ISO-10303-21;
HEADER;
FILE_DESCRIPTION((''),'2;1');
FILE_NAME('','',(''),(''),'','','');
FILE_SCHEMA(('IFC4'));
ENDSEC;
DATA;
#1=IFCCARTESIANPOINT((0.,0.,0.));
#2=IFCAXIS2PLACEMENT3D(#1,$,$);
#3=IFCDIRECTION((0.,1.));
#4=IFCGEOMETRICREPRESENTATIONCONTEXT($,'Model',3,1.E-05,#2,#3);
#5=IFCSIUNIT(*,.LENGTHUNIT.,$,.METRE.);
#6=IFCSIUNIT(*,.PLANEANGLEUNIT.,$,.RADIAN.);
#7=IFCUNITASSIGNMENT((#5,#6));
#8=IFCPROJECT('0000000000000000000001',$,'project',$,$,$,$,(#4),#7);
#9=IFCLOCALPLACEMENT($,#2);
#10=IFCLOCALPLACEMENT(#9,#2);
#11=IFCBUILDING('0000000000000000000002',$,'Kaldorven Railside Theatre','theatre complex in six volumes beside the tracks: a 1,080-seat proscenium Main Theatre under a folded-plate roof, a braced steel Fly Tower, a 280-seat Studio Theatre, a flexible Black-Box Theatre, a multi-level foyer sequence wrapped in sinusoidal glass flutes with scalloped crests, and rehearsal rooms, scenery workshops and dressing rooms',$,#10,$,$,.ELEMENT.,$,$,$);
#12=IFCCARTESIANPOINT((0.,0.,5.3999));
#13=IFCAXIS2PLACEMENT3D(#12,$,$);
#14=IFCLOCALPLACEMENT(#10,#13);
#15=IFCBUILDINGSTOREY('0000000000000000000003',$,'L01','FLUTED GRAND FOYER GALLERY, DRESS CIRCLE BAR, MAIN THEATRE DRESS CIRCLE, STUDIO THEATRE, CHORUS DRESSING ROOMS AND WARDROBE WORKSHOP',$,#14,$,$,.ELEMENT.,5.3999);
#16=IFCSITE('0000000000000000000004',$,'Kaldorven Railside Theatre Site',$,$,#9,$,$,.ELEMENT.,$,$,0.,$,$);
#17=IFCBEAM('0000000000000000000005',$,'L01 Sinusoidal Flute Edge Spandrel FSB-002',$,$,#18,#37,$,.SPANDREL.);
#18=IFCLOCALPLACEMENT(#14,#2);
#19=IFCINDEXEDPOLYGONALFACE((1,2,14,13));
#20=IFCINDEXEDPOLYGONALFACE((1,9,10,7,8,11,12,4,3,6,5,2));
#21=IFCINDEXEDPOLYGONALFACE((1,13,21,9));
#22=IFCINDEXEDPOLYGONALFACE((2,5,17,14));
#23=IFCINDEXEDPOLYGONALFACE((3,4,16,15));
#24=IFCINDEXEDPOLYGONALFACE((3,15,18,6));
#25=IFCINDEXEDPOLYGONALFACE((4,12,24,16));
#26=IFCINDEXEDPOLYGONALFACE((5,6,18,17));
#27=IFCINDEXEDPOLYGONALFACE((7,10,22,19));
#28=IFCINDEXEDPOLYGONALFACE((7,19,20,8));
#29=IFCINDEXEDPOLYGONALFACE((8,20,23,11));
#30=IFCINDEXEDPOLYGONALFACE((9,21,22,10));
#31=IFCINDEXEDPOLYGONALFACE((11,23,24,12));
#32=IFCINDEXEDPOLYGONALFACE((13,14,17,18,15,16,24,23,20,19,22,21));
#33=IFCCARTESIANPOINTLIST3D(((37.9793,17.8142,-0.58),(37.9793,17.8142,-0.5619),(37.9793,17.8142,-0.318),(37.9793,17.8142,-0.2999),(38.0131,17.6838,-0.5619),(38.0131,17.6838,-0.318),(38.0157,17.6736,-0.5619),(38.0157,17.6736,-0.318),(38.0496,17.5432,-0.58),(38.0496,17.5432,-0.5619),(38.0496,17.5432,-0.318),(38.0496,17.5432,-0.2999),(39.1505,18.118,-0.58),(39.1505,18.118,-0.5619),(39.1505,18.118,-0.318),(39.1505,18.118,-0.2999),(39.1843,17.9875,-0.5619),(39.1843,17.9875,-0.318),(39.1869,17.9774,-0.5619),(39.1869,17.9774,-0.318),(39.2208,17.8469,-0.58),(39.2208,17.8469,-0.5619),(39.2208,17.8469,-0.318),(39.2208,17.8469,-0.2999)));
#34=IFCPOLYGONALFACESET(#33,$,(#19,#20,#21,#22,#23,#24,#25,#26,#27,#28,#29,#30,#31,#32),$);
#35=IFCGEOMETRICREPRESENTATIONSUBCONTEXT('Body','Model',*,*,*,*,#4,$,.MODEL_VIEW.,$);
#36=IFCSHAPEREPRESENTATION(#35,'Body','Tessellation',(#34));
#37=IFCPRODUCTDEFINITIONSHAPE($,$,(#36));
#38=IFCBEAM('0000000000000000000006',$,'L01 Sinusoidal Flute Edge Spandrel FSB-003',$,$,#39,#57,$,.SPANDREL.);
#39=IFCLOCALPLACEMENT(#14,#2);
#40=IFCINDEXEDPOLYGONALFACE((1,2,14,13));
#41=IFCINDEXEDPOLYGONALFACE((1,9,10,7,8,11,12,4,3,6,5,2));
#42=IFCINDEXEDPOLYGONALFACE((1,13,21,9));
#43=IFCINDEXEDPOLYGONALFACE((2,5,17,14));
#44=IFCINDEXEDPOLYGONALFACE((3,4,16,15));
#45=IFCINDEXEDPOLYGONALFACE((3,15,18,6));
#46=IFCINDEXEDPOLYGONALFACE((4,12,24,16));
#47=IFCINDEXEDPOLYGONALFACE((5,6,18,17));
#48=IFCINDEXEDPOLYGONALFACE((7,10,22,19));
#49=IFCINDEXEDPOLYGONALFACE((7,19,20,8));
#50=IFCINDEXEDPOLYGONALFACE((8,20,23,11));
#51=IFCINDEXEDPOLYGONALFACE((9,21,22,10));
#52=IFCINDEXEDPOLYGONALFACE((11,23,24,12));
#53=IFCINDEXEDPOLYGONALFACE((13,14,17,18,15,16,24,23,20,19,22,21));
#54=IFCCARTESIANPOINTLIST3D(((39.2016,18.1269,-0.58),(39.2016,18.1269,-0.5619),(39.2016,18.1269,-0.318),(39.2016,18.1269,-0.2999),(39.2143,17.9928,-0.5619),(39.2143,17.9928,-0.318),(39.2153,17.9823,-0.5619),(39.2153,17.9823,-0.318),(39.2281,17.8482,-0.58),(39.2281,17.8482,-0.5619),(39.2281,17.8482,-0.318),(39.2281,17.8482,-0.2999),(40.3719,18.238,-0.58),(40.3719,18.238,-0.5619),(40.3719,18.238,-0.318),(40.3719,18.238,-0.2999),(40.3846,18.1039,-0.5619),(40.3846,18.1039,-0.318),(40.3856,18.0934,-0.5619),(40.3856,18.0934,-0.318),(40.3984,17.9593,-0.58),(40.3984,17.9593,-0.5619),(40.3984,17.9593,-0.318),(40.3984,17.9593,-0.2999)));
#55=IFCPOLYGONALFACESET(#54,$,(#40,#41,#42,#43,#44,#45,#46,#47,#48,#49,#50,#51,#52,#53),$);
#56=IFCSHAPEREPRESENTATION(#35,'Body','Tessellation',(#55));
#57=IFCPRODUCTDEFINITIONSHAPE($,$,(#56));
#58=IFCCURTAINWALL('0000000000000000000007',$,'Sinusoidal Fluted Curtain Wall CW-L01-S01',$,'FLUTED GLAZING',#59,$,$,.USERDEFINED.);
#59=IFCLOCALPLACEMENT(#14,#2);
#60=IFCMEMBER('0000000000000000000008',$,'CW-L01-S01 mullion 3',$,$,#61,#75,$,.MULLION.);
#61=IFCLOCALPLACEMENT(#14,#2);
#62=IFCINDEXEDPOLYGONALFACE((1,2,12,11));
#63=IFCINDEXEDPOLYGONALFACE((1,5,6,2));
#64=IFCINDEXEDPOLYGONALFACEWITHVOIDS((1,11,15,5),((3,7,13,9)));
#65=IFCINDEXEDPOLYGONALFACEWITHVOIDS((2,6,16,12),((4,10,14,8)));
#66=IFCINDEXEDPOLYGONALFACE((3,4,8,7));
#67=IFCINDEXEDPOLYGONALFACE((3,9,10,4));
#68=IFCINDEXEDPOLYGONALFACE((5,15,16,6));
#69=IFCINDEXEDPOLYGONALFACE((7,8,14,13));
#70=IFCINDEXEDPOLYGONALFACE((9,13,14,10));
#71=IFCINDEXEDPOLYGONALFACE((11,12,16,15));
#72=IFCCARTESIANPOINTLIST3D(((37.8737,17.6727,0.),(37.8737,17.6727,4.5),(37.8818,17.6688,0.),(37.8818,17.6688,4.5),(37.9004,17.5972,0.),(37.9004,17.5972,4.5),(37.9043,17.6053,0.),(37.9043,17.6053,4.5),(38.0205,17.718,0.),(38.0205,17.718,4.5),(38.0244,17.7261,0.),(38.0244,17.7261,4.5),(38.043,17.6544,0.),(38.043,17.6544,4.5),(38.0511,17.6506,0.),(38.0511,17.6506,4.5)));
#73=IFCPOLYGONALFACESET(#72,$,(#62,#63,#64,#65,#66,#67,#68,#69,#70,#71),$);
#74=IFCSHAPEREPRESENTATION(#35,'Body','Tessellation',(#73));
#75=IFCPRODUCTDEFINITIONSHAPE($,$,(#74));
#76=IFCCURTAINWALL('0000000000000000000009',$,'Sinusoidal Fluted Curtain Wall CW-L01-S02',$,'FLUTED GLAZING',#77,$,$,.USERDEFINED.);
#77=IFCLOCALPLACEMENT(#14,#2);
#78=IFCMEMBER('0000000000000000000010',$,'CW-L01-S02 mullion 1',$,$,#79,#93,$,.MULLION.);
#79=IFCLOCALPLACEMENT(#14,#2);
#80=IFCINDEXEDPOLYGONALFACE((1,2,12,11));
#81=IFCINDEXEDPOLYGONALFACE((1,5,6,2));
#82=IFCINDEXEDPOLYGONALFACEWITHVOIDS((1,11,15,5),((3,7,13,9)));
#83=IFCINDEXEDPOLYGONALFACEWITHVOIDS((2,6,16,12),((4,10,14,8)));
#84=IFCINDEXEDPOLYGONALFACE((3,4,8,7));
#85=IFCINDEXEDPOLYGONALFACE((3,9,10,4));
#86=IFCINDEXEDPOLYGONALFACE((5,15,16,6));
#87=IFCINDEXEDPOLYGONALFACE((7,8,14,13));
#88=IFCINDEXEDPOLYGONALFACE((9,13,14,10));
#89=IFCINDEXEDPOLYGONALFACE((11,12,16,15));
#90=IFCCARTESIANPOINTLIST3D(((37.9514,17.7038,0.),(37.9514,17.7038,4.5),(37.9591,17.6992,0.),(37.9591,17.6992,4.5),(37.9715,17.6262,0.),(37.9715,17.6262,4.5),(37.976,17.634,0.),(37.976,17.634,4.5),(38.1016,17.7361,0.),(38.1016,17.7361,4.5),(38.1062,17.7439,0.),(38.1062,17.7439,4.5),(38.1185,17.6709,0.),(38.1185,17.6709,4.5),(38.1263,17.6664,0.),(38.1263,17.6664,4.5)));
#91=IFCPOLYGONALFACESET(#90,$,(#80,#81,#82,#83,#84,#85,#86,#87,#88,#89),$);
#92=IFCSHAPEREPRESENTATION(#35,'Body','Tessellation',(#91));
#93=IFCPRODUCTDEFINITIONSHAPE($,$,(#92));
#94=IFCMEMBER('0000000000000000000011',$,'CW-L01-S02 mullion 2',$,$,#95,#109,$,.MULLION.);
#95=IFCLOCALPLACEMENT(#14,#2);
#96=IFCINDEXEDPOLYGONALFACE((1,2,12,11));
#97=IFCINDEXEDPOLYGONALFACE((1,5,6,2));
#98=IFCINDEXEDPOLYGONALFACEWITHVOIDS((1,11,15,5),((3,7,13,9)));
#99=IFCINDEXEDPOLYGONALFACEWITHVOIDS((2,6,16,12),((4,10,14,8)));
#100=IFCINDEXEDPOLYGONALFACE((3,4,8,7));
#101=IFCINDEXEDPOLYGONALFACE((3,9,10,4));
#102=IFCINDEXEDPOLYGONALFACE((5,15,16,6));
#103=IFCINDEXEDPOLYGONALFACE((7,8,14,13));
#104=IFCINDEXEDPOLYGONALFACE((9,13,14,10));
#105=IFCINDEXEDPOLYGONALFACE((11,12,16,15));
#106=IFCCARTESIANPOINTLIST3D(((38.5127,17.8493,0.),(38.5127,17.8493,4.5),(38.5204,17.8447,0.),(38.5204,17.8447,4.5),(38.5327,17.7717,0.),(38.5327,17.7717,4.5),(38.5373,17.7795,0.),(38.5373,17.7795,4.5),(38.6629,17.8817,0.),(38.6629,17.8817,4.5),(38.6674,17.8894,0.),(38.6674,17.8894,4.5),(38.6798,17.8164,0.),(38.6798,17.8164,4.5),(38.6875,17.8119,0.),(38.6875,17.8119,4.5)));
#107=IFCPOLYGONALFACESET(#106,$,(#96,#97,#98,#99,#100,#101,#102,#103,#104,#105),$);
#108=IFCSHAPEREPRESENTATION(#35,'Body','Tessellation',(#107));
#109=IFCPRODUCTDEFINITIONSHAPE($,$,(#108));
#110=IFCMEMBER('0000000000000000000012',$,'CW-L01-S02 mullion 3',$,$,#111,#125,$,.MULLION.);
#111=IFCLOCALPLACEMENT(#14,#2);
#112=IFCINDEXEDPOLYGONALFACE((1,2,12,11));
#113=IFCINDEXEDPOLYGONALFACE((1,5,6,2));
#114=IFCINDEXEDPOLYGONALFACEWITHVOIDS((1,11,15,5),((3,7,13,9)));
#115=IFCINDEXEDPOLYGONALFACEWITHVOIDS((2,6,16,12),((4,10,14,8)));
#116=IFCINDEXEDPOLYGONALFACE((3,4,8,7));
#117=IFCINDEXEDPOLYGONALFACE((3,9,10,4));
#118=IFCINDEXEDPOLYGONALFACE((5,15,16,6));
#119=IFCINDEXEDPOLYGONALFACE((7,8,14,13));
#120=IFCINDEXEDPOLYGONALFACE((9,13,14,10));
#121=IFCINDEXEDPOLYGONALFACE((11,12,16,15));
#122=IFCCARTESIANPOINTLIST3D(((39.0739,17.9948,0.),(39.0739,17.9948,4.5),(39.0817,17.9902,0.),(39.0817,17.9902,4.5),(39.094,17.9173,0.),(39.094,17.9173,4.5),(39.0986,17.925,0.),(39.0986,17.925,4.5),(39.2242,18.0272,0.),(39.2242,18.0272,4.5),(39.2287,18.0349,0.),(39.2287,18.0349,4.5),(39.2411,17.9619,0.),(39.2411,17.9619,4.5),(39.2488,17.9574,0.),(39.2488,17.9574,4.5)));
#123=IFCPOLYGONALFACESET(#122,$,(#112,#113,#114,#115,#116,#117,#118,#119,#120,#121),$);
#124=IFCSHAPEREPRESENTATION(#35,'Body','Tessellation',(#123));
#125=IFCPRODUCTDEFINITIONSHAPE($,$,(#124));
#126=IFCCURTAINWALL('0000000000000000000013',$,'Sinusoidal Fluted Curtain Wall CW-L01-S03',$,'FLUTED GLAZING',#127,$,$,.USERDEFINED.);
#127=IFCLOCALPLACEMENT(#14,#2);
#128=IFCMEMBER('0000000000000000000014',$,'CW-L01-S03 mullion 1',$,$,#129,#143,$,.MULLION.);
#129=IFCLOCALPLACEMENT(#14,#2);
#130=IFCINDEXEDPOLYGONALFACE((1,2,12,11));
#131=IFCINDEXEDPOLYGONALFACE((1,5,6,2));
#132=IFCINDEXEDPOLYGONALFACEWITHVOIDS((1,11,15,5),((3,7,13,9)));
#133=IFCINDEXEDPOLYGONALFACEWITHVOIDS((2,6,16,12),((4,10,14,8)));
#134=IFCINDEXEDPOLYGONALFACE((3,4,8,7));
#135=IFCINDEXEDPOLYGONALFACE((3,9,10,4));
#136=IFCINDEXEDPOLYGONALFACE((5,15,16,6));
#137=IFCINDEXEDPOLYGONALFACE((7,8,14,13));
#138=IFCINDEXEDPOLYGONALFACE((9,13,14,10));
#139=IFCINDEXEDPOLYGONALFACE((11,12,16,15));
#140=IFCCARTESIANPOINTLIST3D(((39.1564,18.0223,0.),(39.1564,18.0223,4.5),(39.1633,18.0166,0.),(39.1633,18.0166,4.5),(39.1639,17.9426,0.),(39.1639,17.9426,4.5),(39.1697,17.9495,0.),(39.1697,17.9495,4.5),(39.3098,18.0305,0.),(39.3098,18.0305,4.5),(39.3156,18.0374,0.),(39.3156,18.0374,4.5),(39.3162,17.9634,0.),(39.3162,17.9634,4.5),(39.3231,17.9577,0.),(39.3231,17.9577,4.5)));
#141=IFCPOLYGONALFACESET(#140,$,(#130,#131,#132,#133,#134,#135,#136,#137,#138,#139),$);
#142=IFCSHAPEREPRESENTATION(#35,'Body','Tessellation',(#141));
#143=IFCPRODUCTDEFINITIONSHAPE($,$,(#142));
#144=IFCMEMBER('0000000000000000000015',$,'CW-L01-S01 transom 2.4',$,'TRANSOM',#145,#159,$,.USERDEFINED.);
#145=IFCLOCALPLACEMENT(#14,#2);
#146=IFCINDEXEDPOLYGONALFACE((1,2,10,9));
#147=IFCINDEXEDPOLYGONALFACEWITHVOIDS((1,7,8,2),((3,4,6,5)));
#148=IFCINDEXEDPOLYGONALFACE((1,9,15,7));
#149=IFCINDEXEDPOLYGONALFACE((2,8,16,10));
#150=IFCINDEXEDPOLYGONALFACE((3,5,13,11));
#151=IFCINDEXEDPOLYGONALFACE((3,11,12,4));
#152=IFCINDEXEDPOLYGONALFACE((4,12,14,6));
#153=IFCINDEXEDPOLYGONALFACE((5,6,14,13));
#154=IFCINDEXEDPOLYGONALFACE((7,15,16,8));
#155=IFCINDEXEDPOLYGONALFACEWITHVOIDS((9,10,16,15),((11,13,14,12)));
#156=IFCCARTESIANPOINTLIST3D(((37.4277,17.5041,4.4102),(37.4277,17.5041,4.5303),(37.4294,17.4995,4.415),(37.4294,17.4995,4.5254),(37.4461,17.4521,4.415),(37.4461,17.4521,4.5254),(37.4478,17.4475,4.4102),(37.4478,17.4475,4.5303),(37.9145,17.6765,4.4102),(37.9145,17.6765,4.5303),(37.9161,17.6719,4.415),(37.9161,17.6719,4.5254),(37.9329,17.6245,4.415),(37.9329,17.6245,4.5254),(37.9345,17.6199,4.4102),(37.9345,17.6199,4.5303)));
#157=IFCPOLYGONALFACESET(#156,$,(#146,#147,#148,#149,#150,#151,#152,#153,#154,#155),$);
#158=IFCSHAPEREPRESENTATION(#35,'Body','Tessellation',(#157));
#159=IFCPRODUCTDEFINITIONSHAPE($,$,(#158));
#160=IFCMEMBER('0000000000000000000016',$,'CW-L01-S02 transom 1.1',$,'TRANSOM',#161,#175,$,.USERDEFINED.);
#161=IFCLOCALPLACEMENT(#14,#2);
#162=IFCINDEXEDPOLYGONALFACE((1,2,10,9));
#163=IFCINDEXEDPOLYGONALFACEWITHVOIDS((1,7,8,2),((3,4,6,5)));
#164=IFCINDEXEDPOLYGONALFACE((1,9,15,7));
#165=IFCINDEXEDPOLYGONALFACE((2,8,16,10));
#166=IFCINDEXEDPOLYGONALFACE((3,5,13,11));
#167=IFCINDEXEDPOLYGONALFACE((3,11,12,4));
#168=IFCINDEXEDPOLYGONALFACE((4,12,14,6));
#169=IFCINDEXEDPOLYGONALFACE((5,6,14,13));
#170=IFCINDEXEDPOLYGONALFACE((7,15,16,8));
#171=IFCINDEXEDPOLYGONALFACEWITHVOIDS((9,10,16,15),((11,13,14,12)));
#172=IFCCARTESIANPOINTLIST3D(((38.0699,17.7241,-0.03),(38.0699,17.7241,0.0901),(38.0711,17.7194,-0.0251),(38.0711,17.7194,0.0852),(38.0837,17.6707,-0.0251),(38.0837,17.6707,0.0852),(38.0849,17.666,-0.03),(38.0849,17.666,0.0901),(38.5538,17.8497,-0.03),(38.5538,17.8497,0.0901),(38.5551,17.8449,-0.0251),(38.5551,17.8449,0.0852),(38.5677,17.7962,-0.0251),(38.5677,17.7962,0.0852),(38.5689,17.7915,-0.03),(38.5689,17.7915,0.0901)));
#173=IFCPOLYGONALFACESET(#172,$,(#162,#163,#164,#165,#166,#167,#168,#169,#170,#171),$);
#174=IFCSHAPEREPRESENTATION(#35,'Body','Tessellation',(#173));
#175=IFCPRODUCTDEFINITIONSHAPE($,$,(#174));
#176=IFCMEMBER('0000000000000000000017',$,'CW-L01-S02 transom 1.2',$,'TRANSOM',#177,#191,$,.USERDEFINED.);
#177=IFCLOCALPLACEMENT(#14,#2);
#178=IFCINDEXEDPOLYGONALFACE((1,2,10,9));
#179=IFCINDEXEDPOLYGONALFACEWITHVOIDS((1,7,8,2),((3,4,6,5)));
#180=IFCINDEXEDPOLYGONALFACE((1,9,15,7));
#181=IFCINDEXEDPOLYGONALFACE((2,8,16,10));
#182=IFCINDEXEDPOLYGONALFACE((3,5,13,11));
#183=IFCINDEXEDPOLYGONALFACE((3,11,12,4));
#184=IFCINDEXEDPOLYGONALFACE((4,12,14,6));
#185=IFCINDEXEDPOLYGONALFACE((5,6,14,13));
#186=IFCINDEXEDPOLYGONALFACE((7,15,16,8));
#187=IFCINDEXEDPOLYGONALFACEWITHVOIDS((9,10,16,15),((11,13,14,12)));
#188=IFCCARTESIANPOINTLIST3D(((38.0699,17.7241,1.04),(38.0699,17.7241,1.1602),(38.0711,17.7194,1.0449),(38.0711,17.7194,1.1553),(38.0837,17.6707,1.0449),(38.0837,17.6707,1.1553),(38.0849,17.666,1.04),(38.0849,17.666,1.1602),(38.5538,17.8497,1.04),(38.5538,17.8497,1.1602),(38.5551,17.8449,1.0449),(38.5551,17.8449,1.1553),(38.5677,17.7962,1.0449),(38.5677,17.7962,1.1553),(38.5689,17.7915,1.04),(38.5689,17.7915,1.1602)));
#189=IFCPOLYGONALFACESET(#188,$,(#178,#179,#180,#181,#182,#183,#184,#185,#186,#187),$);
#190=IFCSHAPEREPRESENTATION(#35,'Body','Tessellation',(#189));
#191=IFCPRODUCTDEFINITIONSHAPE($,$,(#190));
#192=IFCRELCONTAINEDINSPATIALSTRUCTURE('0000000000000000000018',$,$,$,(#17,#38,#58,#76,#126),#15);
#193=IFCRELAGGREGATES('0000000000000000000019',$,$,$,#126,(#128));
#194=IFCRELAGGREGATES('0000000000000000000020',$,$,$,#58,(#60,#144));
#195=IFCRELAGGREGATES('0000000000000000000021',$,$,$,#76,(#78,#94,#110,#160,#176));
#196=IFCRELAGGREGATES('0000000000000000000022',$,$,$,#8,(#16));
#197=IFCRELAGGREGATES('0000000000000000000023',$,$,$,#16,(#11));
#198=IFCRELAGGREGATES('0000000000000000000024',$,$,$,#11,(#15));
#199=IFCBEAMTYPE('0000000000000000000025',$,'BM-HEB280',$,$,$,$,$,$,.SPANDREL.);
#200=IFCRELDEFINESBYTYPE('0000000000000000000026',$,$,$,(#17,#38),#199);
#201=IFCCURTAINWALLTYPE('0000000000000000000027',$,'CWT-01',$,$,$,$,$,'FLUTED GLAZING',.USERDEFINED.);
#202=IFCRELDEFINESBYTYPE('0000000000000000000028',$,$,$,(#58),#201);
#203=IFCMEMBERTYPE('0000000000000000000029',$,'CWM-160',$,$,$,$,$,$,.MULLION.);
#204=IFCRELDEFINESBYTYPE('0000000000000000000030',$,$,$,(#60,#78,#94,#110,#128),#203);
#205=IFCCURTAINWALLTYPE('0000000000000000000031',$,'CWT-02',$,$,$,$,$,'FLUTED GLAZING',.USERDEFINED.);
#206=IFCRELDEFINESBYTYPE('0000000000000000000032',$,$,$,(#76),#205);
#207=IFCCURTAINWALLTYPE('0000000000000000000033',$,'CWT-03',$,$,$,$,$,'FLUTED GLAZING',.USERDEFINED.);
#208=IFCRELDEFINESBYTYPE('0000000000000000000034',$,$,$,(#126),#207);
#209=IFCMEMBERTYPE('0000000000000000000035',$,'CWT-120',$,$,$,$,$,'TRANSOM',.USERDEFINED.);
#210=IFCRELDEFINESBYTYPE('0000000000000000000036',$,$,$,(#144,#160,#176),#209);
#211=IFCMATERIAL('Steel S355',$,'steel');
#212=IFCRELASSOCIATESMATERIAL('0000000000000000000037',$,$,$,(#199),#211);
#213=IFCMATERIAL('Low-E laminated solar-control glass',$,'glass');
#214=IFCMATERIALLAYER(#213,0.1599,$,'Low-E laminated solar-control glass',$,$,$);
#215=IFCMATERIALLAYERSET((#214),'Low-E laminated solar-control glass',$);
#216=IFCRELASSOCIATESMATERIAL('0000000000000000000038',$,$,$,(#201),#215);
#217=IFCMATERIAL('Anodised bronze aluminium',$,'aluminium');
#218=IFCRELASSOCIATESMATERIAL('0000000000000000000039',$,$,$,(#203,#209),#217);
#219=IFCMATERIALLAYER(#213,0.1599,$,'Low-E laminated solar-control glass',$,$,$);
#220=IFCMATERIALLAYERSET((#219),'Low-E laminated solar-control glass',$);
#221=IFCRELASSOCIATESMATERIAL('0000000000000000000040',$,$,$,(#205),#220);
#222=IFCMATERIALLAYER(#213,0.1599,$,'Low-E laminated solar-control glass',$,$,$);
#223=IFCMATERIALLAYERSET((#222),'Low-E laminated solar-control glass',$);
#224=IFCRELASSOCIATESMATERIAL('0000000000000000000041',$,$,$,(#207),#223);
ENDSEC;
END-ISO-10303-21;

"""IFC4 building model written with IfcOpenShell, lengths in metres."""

from ifc_helpers import new_model, si_unit, direction, frame, origin, origin_2d, place, context, subcontext, project, spatial, hollow_rectangle, i_section, extrude, material, layer, layer_set, material_profile, profile_set, type_object, element, aggregate, save


model = new_model("IFC4")

# Units and contexts
model_context = context("Model", 3, precision=1e-05, world=origin(), true_north=direction((0.0, 1.0)))
body_context = subcontext(model_context, "Body", "Model", "MODEL_VIEW")
ifc_project = project(units=[si_unit("LENGTHUNIT", "METRE"), si_unit("PLANEANGLEUNIT", "RADIAN")], contexts=[model_context])

# Site, building, storey
site_placement = place(None, origin())
site = spatial("IfcSite", under=ifc_project, at=site_placement, Name="Kaldorven Railside Theatre Site", CompositionType="ELEMENT", RefElevation=0.0)
building_placement = place(site_placement, origin())
building = spatial("IfcBuilding", under=site, at=building_placement, Name="Kaldorven Railside Theatre", Description="theatre complex in six volumes beside the tracks: a 1,080-seat proscenium Main Theatre under a folded-plate roof, a braced steel Fly Tower, a 280-seat Studio Theatre, a flexible Black-Box Theatre, a multi-level foyer sequence wrapped in sinusoidal glass flutes with scalloped crests, and rehearsal rooms, scenery workshops and dressing rooms", CompositionType="ELEMENT")
storey_placement = place(building_placement, frame((0.0, 0.0, 5.3999)))
storey = spatial("IfcBuildingStorey", under=building, at=storey_placement, Name="L01", Description="FLUTED GRAND FOYER GALLERY, DRESS CIRCLE BAR, MAIN THEATRE DRESS CIRCLE, STUDIO THEATRE, CHORUS DRESSING ROOMS AND WARDROBE WORKSHOP", CompositionType="ELEMENT", Elevation=5.3999)

# Beams
ifc_material_1 = material(Name="Steel S355", Category="steel")
ifc_material_profile_1 = material_profile(ifc_material_1, i_section(OverallWidth=0.28, OverallDepth=0.28, WebThickness=0.0105, FlangeThickness=0.0181, at=origin_2d()), Name="HEB 280")
ifc_profile_set_1 = profile_set([ifc_material_profile_1], Name="Steel S355")
beam_type = type_object("IfcBeamType", Name="BM-HEB280", PredefinedType="SPANDREL", material=ifc_profile_set_1)
beam_1_placement = place(storey_placement, frame((38.0144, 17.6787, -0.4399), z_axis=(0.967981, 0.251025, 0.0), x_axis=(-0.251025, 0.967981, 0.0)))
element("IfcBeam", 1, at=beam_1_placement, inside=storey, type_object=beam_type, Name="L01 Sinusoidal Flute Edge Spandrel FSB-002", PredefinedType="SPANDREL", context=body_context, shape_type="SweptSolid", body=[
    extrude(i_section(OverallWidth=0.28, OverallDepth=0.28, WebThickness=0.0105, FlangeThickness=0.0181, at=origin_2d()), origin(), (0.0, 0.0, 1.0), 1.21),
])
beam_2_placement = place(storey_placement, frame((39.2148, 17.9875, -0.4399), z_axis=(0.995524, 0.094505, 0.0), x_axis=(-0.094505, 0.995524, 0.0)))
element("IfcBeam", 2, at=beam_2_placement, inside=storey, type_object=beam_type, Name="L01 Sinusoidal Flute Edge Spandrel FSB-003", PredefinedType="SPANDREL", context=body_context, shape_type="SweptSolid", body=[
    extrude(i_section(OverallWidth=0.28, OverallDepth=0.28, WebThickness=0.0105, FlangeThickness=0.0181, at=origin_2d()), origin(), (0.0, 0.0, 1.0), 1.1755),
])

# Curtain wall, member
ifc_material_2 = material(Name="Low-E laminated solar-control glass", Category="glass")
ifc_layer_1 = layer(ifc_material_2, 0.1599, Name="Low-E laminated solar-control glass")
ifc_layer_set_1 = layer_set([ifc_layer_1], Name="Low-E laminated solar-control glass")
curtain_wall_type_1 = type_object("IfcCurtainWallType", Name="CWT-01", ElementType="FLUTED GLAZING", PredefinedType="USERDEFINED", material=ifc_layer_set_1)
curtain_wall_1_placement = place(storey_placement, origin())
curtain_wall_1 = element("IfcCurtainWall", 3, at=curtain_wall_1_placement, inside=storey, type_object=curtain_wall_type_1, Name="Sinusoidal Fluted Curtain Wall CW-L01-S01", ObjectType="FLUTED GLAZING", PredefinedType="USERDEFINED")
ifc_material_3 = material(Name="Anodised bronze aluminium", Category="aluminium")
ifc_material_profile_2 = material_profile(ifc_material_3, hollow_rectangle(XDim=0.0801, YDim=0.1599, WallThickness=0.0063, at=origin_2d()), Name="RHS 160x80x6.3")
ifc_profile_set_2 = profile_set([ifc_material_profile_2], Name="Anodised bronze aluminium")
member_type_1 = type_object("IfcMemberType", Name="CWM-160", PredefinedType="MULLION", material=ifc_profile_set_2)
member_1_placement = place(storey_placement, frame((37.9624, 17.6616, 0.0), z_axis=(0.0, 0.0, 1.0), x_axis=(-0.333847, 0.942627, 0.0)))
member_1 = element("IfcMember", 4, at=member_1_placement, type_object=member_type_1, Name="CW-L01-S01 mullion 3", PredefinedType="MULLION", context=body_context, shape_type="SweptSolid", body=[
    extrude(hollow_rectangle(XDim=0.0801, YDim=0.1599, WallThickness=0.0063, at=origin_2d()), origin(), (0.0, 0.0, 1.0), 4.5),
])

# Curtain wall, members
ifc_layer_2 = layer(ifc_material_2, 0.1599, Name="Low-E laminated solar-control glass")
ifc_layer_set_2 = layer_set([ifc_layer_2], Name="Low-E laminated solar-control glass")
curtain_wall_type_2 = type_object("IfcCurtainWallType", Name="CWT-02", ElementType="FLUTED GLAZING", PredefinedType="USERDEFINED", material=ifc_layer_set_2)
curtain_wall_2_placement = place(storey_placement, origin())
curtain_wall_2 = element("IfcCurtainWall", 5, at=curtain_wall_2_placement, inside=storey, type_object=curtain_wall_type_2, Name="Sinusoidal Fluted Curtain Wall CW-L01-S02", ObjectType="FLUTED GLAZING", PredefinedType="USERDEFINED")
member_2_placement = place(storey_placement, frame((38.0388, 17.6851, 0.0), z_axis=(0.0, 0.0, 1.0), x_axis=(-0.250954, 0.967999, 0.0)))
member_2 = element("IfcMember", 6, at=member_2_placement, type_object=member_type_1, Name="CW-L01-S02 mullion 1", PredefinedType="MULLION", context=body_context, shape_type="SweptSolid", body=[
    extrude(hollow_rectangle(XDim=0.0801, YDim=0.1599, WallThickness=0.0063, at=origin_2d()), origin(), (0.0, 0.0, 1.0), 4.5),
])
member_3_placement = place(storey_placement, frame((38.6001, 17.8306, 0.0), z_axis=(0.0, 0.0, 1.0), x_axis=(-0.250954, 0.967999, 0.0)))
member_3 = element("IfcMember", 7, at=member_3_placement, type_object=member_type_1, Name="CW-L01-S02 mullion 2", PredefinedType="MULLION", context=body_context, shape_type="SweptSolid", body=[
    extrude(hollow_rectangle(XDim=0.0801, YDim=0.1599, WallThickness=0.0063, at=origin_2d()), origin(), (0.0, 0.0, 1.0), 4.5),
])
member_4_placement = place(storey_placement, frame((39.1614, 17.9761, 0.0), z_axis=(0.0, 0.0, 1.0), x_axis=(-0.250954, 0.967999, 0.0)))
member_4 = element("IfcMember", 8, at=member_4_placement, type_object=member_type_1, Name="CW-L01-S02 mullion 3", PredefinedType="MULLION", context=body_context, shape_type="SweptSolid", body=[
    extrude(hollow_rectangle(XDim=0.0801, YDim=0.1599, WallThickness=0.0063, at=origin_2d()), origin(), (0.0, 0.0, 1.0), 4.5),
])

# Curtain wall, member
ifc_layer_3 = layer(ifc_material_2, 0.1599, Name="Low-E laminated solar-control glass")
ifc_layer_set_3 = layer_set([ifc_layer_3], Name="Low-E laminated solar-control glass")
curtain_wall_type_3 = type_object("IfcCurtainWallType", Name="CWT-03", ElementType="FLUTED GLAZING", PredefinedType="USERDEFINED", material=ifc_layer_set_3)
curtain_wall_3_placement = place(storey_placement, origin())
curtain_wall_3 = element("IfcCurtainWall", 9, at=curtain_wall_3_placement, inside=storey, type_object=curtain_wall_type_3, Name="Sinusoidal Fluted Curtain Wall CW-L01-S03", ObjectType="FLUTED GLAZING", PredefinedType="USERDEFINED")
member_5_placement = place(storey_placement, frame((39.2397, 17.99, 0.0), z_axis=(0.0, 0.0, 1.0), x_axis=(-0.094492, 0.995526, 0.0)))
member_5 = element("IfcMember", 10, at=member_5_placement, type_object=member_type_1, Name="CW-L01-S03 mullion 1", PredefinedType="MULLION", context=body_context, shape_type="SweptSolid", body=[
    extrude(hollow_rectangle(XDim=0.0801, YDim=0.1599, WallThickness=0.0063, at=origin_2d()), origin(), (0.0, 0.0, 1.0), 4.5),
])

# Members
ifc_material_profile_3 = material_profile(ifc_material_3, hollow_rectangle(XDim=0.0601, YDim=0.1201, WallThickness=0.0049, at=origin_2d()), Name="RHS 120x60x5")
ifc_profile_set_3 = profile_set([ifc_material_profile_3], Name="Anodised bronze aluminium")
member_type_2 = type_object("IfcMemberType", Name="CWT-120", ElementType="TRANSOM", PredefinedType="USERDEFINED", material=ifc_profile_set_3)
member_6_placement = place(storey_placement, frame((37.4377, 17.4758, 4.4702), z_axis=(0.942658, 0.33376, 0.0), x_axis=(-0.33376, 0.942658, 0.0)))
member_6 = element("IfcMember", 11, at=member_6_placement, type_object=member_type_2, Name="CW-L01-S01 transom 2.4", ObjectType="TRANSOM", PredefinedType="USERDEFINED", context=body_context, shape_type="SweptSolid", body=[
    extrude(hollow_rectangle(XDim=0.0601, YDim=0.1201, WallThickness=0.0049, at=origin_2d()), origin(), (0.0, 0.0, 1.0), 0.5164),
])
member_7_placement = place(storey_placement, frame((38.0774, 17.6951, 0.03), z_axis=(0.967979, 0.25103, 0.0), x_axis=(-0.25103, 0.967979, 0.0)))
member_7 = element("IfcMember", 12, at=member_7_placement, type_object=member_type_2, Name="CW-L01-S02 transom 1.1", ObjectType="TRANSOM", PredefinedType="USERDEFINED", context=body_context, shape_type="SweptSolid", body=[
    extrude(hollow_rectangle(XDim=0.0601, YDim=0.1201, WallThickness=0.0049, at=origin_2d()), origin(), (0.0, 0.0, 1.0), 0.5),
])
member_8_placement = place(storey_placement, frame((38.0774, 17.6951, 1.1001), z_axis=(0.967979, 0.25103, 0.0), x_axis=(-0.25103, 0.967979, 0.0)))
member_8 = element("IfcMember", 13, at=member_8_placement, type_object=member_type_2, Name="CW-L01-S02 transom 1.2", ObjectType="TRANSOM", PredefinedType="USERDEFINED", context=body_context, shape_type="SweptSolid", body=[
    extrude(hollow_rectangle(XDim=0.0601, YDim=0.1201, WallThickness=0.0049, at=origin_2d()), origin(), (0.0, 0.0, 1.0), 0.5),
])
aggregate(curtain_wall_3, [member_5])

aggregate(curtain_wall_1, [member_1, member_6])
aggregate(curtain_wall_2, [member_2, member_3, member_4, member_7, member_8])

save(model, "model.ifc")
